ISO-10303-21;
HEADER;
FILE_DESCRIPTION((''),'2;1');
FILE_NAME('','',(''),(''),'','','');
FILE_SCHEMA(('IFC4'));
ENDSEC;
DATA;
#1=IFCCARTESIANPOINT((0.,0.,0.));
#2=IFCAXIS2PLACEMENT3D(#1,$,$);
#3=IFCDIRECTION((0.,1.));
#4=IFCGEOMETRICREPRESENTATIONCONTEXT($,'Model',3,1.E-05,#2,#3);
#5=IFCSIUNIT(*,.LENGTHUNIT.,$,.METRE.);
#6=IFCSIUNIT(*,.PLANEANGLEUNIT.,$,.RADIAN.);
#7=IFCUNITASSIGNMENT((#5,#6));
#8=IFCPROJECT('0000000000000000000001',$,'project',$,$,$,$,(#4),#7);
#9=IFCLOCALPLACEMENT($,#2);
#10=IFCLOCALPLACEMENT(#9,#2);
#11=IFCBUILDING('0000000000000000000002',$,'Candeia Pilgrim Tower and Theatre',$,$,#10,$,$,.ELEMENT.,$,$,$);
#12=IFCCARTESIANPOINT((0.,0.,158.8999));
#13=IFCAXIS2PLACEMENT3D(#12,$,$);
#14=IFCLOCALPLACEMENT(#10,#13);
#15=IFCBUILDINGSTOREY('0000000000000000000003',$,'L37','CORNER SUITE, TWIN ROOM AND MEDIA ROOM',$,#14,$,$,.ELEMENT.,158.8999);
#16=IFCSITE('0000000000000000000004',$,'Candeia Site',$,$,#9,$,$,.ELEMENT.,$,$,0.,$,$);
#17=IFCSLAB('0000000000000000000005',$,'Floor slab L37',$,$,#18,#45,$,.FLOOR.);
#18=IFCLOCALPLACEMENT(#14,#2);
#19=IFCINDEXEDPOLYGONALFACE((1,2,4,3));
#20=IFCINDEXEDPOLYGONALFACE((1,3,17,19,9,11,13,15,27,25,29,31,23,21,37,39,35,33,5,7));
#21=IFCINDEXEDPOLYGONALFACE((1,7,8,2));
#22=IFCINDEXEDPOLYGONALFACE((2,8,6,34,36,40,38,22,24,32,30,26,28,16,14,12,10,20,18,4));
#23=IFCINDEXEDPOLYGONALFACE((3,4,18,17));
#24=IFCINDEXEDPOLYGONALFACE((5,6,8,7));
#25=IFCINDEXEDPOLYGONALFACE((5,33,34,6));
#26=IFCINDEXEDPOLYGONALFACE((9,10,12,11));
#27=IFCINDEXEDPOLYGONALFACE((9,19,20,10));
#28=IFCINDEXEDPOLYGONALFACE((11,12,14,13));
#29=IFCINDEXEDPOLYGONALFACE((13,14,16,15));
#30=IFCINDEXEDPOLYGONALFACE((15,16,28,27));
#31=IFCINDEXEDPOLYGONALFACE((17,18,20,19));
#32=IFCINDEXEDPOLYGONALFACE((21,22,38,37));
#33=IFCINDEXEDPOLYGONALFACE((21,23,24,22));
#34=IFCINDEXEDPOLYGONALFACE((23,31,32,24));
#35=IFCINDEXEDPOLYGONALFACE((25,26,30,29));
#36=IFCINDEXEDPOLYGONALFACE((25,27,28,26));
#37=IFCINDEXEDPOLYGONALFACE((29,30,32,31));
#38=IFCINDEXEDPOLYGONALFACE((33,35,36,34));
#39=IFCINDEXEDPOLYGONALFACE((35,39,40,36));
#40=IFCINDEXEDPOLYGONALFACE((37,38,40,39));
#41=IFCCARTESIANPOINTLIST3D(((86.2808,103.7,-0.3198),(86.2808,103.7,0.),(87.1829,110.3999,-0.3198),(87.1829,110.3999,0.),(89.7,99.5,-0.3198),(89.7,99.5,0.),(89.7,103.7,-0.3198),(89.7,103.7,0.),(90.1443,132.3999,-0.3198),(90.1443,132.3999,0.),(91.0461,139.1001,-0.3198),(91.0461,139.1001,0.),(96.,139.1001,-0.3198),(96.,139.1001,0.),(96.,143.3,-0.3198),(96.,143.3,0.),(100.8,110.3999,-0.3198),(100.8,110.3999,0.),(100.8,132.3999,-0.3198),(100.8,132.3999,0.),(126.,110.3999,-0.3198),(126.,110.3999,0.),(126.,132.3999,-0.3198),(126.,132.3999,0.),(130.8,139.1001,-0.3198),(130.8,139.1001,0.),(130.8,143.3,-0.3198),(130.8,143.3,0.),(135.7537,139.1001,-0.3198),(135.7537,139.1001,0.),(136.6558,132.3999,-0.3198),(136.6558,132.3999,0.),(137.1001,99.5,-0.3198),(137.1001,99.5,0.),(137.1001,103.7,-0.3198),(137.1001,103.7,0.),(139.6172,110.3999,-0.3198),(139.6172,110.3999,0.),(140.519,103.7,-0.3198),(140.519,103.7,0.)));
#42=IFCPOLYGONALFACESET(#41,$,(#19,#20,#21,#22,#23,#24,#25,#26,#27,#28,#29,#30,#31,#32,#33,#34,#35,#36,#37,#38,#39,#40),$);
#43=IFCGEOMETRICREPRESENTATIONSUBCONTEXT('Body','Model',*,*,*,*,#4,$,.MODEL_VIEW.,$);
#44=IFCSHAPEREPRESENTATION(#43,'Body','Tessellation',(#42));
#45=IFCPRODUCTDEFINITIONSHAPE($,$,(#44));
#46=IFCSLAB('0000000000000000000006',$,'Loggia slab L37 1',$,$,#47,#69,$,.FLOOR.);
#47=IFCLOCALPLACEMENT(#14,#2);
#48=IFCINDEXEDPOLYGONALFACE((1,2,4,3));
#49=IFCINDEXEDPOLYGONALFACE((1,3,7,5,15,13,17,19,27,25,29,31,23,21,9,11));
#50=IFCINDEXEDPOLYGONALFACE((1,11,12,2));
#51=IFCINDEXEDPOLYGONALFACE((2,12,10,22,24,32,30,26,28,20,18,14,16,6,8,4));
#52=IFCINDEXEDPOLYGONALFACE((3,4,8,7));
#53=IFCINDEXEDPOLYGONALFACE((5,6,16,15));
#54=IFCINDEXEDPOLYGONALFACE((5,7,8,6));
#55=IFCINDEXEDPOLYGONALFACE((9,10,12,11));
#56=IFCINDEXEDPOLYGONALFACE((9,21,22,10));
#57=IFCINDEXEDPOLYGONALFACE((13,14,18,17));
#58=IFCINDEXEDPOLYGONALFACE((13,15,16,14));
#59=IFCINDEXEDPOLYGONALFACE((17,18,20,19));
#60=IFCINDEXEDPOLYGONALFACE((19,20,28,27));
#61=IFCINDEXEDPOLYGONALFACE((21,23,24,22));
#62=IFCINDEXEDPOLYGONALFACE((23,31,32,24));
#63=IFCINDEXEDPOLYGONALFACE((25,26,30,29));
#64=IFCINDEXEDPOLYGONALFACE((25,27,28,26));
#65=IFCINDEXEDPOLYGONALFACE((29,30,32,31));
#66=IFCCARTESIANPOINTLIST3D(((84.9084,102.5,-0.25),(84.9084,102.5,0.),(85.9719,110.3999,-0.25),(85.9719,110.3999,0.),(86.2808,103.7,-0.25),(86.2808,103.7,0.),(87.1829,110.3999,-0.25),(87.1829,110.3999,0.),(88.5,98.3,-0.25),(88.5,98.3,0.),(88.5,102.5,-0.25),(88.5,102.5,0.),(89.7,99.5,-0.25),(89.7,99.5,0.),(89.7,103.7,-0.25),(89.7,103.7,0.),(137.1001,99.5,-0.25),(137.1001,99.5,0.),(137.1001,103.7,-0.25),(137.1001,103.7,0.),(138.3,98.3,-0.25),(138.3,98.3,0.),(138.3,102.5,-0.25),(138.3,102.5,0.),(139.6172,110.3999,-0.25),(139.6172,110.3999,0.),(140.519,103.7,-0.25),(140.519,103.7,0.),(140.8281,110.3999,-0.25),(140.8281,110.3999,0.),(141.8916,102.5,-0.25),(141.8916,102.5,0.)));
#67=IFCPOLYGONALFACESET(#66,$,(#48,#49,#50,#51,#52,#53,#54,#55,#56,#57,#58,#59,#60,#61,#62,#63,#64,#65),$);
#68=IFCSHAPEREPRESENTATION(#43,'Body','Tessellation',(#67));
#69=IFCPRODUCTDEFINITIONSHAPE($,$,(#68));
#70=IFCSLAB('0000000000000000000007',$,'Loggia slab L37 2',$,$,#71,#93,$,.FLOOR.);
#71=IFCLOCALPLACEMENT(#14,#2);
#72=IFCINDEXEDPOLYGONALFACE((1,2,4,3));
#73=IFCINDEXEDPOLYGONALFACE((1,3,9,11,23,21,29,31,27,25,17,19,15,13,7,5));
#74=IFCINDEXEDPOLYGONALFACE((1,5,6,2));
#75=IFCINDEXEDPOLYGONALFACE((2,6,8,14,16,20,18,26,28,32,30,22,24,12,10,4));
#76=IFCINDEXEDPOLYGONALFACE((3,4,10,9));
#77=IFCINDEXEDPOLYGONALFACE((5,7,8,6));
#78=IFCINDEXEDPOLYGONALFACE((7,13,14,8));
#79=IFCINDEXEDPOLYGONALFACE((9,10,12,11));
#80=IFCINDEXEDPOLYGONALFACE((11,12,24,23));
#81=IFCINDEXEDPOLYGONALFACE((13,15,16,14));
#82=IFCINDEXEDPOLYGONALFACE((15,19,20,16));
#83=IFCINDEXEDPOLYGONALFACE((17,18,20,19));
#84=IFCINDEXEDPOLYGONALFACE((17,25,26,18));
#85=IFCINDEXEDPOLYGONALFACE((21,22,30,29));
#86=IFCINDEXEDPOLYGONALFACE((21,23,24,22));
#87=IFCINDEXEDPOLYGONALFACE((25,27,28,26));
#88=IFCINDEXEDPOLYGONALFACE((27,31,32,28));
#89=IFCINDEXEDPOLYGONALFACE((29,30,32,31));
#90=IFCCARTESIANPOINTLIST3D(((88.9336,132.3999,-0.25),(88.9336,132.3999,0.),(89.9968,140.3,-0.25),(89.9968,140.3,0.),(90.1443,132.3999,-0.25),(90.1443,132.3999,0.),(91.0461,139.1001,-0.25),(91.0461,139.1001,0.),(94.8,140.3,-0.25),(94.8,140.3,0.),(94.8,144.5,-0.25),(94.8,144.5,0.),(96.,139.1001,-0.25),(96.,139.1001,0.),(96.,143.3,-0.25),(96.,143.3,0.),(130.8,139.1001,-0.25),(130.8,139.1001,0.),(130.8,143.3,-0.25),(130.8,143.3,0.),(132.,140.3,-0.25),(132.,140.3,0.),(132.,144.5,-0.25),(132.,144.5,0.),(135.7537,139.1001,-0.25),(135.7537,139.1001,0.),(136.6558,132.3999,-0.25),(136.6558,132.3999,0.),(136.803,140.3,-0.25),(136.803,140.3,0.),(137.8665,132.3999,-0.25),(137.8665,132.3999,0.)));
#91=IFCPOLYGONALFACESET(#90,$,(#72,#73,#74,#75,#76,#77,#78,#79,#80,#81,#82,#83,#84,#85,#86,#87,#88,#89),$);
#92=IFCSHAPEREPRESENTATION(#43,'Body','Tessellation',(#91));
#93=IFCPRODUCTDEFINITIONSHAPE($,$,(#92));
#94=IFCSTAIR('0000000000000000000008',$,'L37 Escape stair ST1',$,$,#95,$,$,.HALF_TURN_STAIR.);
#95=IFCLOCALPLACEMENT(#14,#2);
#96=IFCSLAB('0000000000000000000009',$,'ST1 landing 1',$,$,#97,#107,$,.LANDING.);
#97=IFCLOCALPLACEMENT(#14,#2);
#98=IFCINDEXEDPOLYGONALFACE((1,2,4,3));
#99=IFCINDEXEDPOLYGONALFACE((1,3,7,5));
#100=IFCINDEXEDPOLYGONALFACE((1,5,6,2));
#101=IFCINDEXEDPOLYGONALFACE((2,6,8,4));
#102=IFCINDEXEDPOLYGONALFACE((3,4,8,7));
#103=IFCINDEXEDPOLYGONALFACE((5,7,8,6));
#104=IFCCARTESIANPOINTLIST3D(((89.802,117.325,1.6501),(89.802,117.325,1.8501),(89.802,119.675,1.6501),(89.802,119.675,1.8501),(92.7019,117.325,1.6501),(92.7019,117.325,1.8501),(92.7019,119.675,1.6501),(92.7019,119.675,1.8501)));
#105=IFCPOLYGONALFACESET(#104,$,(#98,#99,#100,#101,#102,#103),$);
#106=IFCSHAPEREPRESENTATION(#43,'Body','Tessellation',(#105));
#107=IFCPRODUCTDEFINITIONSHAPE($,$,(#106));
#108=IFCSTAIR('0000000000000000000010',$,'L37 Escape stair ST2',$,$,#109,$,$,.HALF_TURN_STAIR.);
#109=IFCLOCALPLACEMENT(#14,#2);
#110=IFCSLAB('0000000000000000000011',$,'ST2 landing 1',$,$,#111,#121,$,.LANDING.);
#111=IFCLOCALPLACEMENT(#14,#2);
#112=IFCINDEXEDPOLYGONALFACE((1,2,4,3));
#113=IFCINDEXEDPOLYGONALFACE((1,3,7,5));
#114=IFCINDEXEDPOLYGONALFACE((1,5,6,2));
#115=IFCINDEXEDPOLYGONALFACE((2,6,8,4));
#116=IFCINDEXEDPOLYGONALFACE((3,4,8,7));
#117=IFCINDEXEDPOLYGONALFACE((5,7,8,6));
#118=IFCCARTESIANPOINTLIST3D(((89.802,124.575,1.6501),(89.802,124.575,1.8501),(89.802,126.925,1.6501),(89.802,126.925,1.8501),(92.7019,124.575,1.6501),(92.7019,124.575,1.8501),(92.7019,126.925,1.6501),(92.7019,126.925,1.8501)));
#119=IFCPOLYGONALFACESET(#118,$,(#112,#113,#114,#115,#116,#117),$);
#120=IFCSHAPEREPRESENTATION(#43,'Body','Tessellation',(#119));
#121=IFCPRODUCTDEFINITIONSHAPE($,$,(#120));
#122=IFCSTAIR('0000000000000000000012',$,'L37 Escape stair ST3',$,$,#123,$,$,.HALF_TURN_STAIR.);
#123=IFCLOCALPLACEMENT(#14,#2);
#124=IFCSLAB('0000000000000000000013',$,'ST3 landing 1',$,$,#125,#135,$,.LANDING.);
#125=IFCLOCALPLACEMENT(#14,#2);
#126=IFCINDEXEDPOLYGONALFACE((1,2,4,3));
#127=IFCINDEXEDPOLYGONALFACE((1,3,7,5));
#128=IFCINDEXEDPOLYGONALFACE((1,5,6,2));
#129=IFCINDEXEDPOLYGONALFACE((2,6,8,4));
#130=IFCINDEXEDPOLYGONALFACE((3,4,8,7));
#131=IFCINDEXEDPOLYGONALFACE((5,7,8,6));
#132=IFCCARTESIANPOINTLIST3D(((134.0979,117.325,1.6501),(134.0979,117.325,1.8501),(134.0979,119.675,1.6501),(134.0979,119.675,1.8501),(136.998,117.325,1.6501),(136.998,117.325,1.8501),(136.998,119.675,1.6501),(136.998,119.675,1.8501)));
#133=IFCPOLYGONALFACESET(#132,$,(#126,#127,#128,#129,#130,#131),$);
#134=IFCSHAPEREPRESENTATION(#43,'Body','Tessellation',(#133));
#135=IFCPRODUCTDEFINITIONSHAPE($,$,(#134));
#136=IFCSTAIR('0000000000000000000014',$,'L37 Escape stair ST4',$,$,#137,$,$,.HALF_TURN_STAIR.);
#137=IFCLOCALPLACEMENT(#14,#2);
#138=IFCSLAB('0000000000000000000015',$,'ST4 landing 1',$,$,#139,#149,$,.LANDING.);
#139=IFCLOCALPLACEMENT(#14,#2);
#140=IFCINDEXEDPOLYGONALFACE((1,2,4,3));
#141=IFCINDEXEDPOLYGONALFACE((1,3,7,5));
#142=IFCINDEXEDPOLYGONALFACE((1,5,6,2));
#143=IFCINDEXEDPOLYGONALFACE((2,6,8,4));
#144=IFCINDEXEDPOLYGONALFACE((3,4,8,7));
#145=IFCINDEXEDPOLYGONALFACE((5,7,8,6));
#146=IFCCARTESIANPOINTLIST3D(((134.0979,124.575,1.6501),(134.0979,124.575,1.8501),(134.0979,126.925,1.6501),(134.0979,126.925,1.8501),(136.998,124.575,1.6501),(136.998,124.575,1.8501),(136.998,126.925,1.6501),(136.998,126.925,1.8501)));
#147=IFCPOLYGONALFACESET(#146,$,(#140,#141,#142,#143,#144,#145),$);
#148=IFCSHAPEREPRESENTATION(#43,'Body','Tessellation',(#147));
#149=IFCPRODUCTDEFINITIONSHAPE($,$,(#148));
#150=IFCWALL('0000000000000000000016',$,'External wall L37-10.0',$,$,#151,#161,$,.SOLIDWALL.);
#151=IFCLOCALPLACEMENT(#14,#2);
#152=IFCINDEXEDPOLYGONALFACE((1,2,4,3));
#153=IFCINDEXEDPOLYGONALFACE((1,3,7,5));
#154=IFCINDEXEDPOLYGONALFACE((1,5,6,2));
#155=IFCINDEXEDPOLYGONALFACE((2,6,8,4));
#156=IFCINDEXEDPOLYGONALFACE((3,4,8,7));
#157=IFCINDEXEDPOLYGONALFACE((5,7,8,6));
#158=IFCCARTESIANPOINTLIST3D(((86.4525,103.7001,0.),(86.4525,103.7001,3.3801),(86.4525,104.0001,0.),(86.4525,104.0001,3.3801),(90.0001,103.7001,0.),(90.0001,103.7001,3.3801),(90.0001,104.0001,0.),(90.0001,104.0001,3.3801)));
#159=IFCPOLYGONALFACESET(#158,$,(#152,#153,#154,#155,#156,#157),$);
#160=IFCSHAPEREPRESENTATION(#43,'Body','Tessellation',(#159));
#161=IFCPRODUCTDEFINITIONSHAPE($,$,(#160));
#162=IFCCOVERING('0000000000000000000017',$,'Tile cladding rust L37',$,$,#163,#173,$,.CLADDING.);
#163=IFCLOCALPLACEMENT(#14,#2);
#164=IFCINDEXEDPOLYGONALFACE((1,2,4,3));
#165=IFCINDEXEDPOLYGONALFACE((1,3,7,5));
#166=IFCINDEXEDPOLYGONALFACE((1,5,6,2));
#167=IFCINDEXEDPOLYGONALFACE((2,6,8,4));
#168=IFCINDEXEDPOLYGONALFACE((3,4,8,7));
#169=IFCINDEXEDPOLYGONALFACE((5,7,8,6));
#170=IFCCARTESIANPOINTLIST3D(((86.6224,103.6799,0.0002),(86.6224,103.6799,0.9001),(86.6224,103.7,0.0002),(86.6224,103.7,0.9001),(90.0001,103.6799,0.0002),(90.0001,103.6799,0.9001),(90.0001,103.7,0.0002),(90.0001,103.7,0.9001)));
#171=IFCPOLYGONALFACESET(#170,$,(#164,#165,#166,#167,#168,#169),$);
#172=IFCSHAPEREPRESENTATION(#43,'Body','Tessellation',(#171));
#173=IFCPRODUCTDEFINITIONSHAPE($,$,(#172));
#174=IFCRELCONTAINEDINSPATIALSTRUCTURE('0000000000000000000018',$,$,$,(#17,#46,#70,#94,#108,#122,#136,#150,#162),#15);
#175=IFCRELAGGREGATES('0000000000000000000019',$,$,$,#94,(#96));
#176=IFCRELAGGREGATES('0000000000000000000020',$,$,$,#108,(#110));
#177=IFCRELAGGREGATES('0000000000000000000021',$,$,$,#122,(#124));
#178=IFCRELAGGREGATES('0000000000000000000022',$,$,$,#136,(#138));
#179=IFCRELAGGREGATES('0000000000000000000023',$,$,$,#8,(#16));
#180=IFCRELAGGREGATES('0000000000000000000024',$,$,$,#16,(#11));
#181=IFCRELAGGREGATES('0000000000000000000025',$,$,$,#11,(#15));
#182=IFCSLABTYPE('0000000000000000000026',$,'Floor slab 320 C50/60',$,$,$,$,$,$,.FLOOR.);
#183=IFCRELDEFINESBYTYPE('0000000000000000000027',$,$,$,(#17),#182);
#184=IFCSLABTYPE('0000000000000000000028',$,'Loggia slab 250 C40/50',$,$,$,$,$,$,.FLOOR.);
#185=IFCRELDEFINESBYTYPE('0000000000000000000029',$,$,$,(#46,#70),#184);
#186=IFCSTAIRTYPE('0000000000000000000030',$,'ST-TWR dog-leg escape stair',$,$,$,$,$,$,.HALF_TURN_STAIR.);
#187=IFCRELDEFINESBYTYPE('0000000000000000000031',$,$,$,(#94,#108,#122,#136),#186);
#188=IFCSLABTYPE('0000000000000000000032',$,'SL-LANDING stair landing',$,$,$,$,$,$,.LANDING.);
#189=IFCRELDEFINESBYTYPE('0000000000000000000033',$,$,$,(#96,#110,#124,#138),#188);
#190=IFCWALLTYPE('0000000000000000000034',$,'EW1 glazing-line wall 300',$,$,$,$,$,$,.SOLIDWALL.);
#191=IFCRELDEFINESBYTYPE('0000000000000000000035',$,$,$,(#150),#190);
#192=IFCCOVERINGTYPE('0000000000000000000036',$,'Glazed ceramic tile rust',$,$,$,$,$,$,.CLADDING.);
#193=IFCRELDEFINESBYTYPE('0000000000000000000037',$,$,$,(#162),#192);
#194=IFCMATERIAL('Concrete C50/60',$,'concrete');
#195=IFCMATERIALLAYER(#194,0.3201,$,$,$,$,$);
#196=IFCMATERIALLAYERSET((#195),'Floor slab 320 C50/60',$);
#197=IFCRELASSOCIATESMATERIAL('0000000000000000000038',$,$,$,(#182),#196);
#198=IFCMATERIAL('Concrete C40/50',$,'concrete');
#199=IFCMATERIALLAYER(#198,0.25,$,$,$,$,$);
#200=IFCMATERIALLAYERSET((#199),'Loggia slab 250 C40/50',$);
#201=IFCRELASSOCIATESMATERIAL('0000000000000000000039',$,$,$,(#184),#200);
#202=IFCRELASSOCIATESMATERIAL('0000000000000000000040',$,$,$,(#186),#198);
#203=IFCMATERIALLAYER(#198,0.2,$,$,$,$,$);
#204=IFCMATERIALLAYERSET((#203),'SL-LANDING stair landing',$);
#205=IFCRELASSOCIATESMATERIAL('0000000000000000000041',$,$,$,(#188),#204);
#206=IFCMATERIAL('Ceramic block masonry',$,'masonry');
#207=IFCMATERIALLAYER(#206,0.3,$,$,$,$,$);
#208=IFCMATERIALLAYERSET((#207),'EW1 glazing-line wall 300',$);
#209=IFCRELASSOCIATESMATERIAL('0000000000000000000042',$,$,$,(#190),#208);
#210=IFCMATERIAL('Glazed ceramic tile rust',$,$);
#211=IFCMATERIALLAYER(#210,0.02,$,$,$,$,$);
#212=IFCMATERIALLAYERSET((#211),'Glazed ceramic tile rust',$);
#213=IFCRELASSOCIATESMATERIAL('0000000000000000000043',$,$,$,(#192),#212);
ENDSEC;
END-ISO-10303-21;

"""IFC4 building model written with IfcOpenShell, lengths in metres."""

from ifc_helpers import new_model, si_unit, direction, frame, frame_2d, origin, origin_2d, place, context, subcontext, project, spatial, polyline, rectangle, outline, extrude, material, layer, layer_set, type_object, element, aggregate, save


model = new_model("IFC4")

# Units and contexts
model_context = context("Model", 3, precision=1e-05, world=origin(), true_north=direction((0.0, 1.0)))
body_context = subcontext(model_context, "Body", "Model", "MODEL_VIEW")
ifc_project = project(units=[si_unit("LENGTHUNIT", "METRE"), si_unit("PLANEANGLEUNIT", "RADIAN")], contexts=[model_context])

# Site, building, storey
site_placement = place(None, origin())
site = spatial("IfcSite", under=ifc_project, at=site_placement, Name="Candeia Site", CompositionType="ELEMENT", RefElevation=0.0)
building_placement = place(site_placement, origin())
building = spatial("IfcBuilding", under=site, at=building_placement, Name="Candeia Pilgrim Tower and Theatre", CompositionType="ELEMENT")
storey_placement = place(building_placement, frame((0.0, 0.0, 158.8999)))
storey = spatial("IfcBuildingStorey", under=building, at=storey_placement, Name="L37", Description="CORNER SUITE, TWIN ROOM AND MEDIA ROOM", CompositionType="ELEMENT", Elevation=158.8999)

# Slabs
ifc_material_1 = material(Name="Concrete C40/50", Category="concrete")
ifc_material_2 = material(Name="Concrete C50/60", Category="concrete")
ifc_layer_1 = layer(ifc_material_2, 0.3201)
ifc_layer_set_1 = layer_set([ifc_layer_1], Name="Floor slab 320 C50/60")
slab_type_1 = type_object("IfcSlabType", Name="Floor slab 320 C50/60", PredefinedType="FLOOR", material=ifc_layer_set_1)
slab_1_placement = place(storey_placement, frame((0.0, 0.0, -0.3198)))
element("IfcSlab", 1, at=slab_1_placement, inside=storey, type_object=slab_type_1, Name="Floor slab L37", PredefinedType="FLOOR", context=body_context, shape_type="SweptSolid", body=[
    extrude(outline(polyline([(96.0, 139.1001), (96.0, 143.3), (130.8, 143.3), (130.8, 139.1001), (135.7537, 139.1001), (136.6558, 132.3999), (126.0, 132.3999), (126.0, 110.3999), (139.6172, 110.3999), (140.519, 103.7), (137.1001, 103.7), (137.1001, 99.5), (89.7, 99.5), (89.7, 103.7), (86.2808, 103.7), (87.1829, 110.3999), (100.8, 110.3999), (100.8, 132.3999), (90.1443, 132.3999), (91.0461, 139.1001), (96.0, 139.1001)])), origin(), (0.0, 0.0, 1.0), 0.3198),
])
ifc_layer_2 = layer(ifc_material_1, 0.25)
ifc_layer_set_2 = layer_set([ifc_layer_2], Name="Loggia slab 250 C40/50")
slab_type_2 = type_object("IfcSlabType", Name="Loggia slab 250 C40/50", PredefinedType="FLOOR", material=ifc_layer_set_2)
slab_2_placement = place(storey_placement, frame((0.0, 0.0, -0.25)))
element("IfcSlab", 2, at=slab_2_placement, inside=storey, type_object=slab_type_2, Name="Loggia slab L37 1", PredefinedType="FLOOR", context=body_context, shape_type="SweptSolid", body=[
    extrude(outline(polyline([(87.1829, 110.3999), (86.2808, 103.7), (89.7, 103.7), (89.7, 99.5), (137.1001, 99.5), (137.1001, 103.7), (140.519, 103.7), (139.6172, 110.3999), (140.8281, 110.3999), (141.8916, 102.5), (138.3, 102.5), (138.3, 98.3), (88.5, 98.3), (88.5, 102.5), (84.9084, 102.5), (85.9719, 110.3999), (87.1829, 110.3999)])), origin(), (0.0, 0.0, 1.0), 0.25),
])
slab_3_placement = place(storey_placement, frame((0.0, 0.0, -0.25)))
element("IfcSlab", 3, at=slab_3_placement, inside=storey, type_object=slab_type_2, Name="Loggia slab L37 2", PredefinedType="FLOOR", context=body_context, shape_type="SweptSolid", body=[
    extrude(outline(polyline([(136.6558, 132.3999), (135.7537, 139.1001), (130.8, 139.1001), (130.8, 143.3), (96.0, 143.3), (96.0, 139.1001), (91.0461, 139.1001), (90.1443, 132.3999), (88.9336, 132.3999), (89.9968, 140.3), (94.8, 140.3), (94.8, 144.5), (132.0, 144.5), (132.0, 140.3), (136.803, 140.3), (137.8665, 132.3999), (136.6558, 132.3999)])), origin(), (0.0, 0.0, 1.0), 0.25),
])

# Stairs, slabs
stair_type = type_object("IfcStairType", Name="ST-TWR dog-leg escape stair", PredefinedType="HALF_TURN_STAIR", material=ifc_material_1)
stair_1_placement = place(storey_placement, origin())
stair_1 = element("IfcStair", 4, at=stair_1_placement, inside=storey, type_object=stair_type, Name="L37 Escape stair ST1", PredefinedType="HALF_TURN_STAIR")
ifc_layer_3 = layer(ifc_material_1, 0.2)
ifc_layer_set_3 = layer_set([ifc_layer_3], Name="SL-LANDING stair landing")
slab_type_3 = type_object("IfcSlabType", Name="SL-LANDING stair landing", PredefinedType="LANDING", material=ifc_layer_set_3)
slab_4_placement = place(storey_placement, frame((0.0, 0.0, 1.6501)))
slab_4 = element("IfcSlab", 5, at=slab_4_placement, type_object=slab_type_3, Name="ST1 landing 1", PredefinedType="LANDING", context=body_context, shape_type="SweptSolid", body=[
    extrude(outline(polyline([(89.802, 119.675), (89.802, 117.325), (92.7019, 117.325), (92.7019, 119.675), (89.802, 119.675)])), origin(), (0.0, 0.0, 1.0), 0.2),
])
aggregate(stair_1, [slab_4])
stair_2_placement = place(storey_placement, origin())
stair_2 = element("IfcStair", 6, at=stair_2_placement, inside=storey, type_object=stair_type, Name="L37 Escape stair ST2", PredefinedType="HALF_TURN_STAIR")
slab_5_placement = place(storey_placement, frame((0.0, 0.0, 1.6501)))
slab_5 = element("IfcSlab", 7, at=slab_5_placement, type_object=slab_type_3, Name="ST2 landing 1", PredefinedType="LANDING", context=body_context, shape_type="SweptSolid", body=[
    extrude(outline(polyline([(89.802, 126.925), (89.802, 124.575), (92.7019, 124.575), (92.7019, 126.925), (89.802, 126.925)])), origin(), (0.0, 0.0, 1.0), 0.2),
])
aggregate(stair_2, [slab_5])
stair_3_placement = place(storey_placement, origin())
stair_3 = element("IfcStair", 8, at=stair_3_placement, inside=storey, type_object=stair_type, Name="L37 Escape stair ST3", PredefinedType="HALF_TURN_STAIR")
slab_6_placement = place(storey_placement, frame((0.0, 0.0, 1.6501)))
slab_6 = element("IfcSlab", 9, at=slab_6_placement, type_object=slab_type_3, Name="ST3 landing 1", PredefinedType="LANDING", context=body_context, shape_type="SweptSolid", body=[
    extrude(outline(polyline([(134.0979, 119.675), (134.0979, 117.325), (136.998, 117.325), (136.998, 119.675), (134.0979, 119.675)])), origin(), (0.0, 0.0, 1.0), 0.2),
])
aggregate(stair_3, [slab_6])
stair_4_placement = place(storey_placement, origin())
stair_4 = element("IfcStair", 10, at=stair_4_placement, inside=storey, type_object=stair_type, Name="L37 Escape stair ST4", PredefinedType="HALF_TURN_STAIR")
slab_7_placement = place(storey_placement, frame((0.0, 0.0, 1.6501)))
slab_7 = element("IfcSlab", 11, at=slab_7_placement, type_object=slab_type_3, Name="ST4 landing 1", PredefinedType="LANDING", context=body_context, shape_type="SweptSolid", body=[
    extrude(outline(polyline([(134.0979, 126.925), (134.0979, 124.575), (136.998, 124.575), (136.998, 126.925), (134.0979, 126.925)])), origin(), (0.0, 0.0, 1.0), 0.2),
])
aggregate(stair_4, [slab_7])

# Wall
ifc_material_3 = material(Name="Ceramic block masonry", Category="masonry")
ifc_layer_4 = layer(ifc_material_3, 0.3)
ifc_layer_set_4 = layer_set([ifc_layer_4], Name="EW1 glazing-line wall 300")
wall_type = type_object("IfcWallType", Name="EW1 glazing-line wall 300", PredefinedType="SOLIDWALL", material=ifc_layer_set_4)
wall_placement = place(storey_placement, frame((86.4524, 103.8501, 0.0), z_axis=(0.0, 0.0, 1.0), x_axis=(1.0, 0.0, 0.0)))
element("IfcWall", 12, at=wall_placement, inside=storey, type_object=wall_type, Name="External wall L37-10.0", PredefinedType="SOLIDWALL", context=body_context, shape_type="SweptSolid", body=[
    extrude(rectangle(XDim=3.5476, YDim=0.3, at=frame_2d((1.7739, 0.0))), origin(), (0.0, 0.0, 1.0), 3.3801),
])

# Covering
ifc_material_4 = material(Name="Glazed ceramic tile rust")
ifc_layer_5 = layer(ifc_material_4, 0.02)
ifc_layer_set_5 = layer_set([ifc_layer_5], Name="Glazed ceramic tile rust")
covering_type = type_object("IfcCoveringType", Name="Glazed ceramic tile rust", PredefinedType="CLADDING", material=ifc_layer_set_5)
covering_placement = place(storey_placement, frame((88.3113, 103.6899, 0.0002), z_axis=(0.0, 0.0, 1.0), x_axis=(1.0, 0.0, 0.0)))
element("IfcCovering", 13, at=covering_placement, inside=storey, type_object=covering_type, Name="Tile cladding rust L37", PredefinedType="CLADDING", context=body_context, shape_type="SweptSolid", body=[
    extrude(rectangle(XDim=3.3777, YDim=0.02, at=origin_2d()), origin(), (0.0, 0.0, 1.0), 0.8999),
])

save(model, "model.ifc")
